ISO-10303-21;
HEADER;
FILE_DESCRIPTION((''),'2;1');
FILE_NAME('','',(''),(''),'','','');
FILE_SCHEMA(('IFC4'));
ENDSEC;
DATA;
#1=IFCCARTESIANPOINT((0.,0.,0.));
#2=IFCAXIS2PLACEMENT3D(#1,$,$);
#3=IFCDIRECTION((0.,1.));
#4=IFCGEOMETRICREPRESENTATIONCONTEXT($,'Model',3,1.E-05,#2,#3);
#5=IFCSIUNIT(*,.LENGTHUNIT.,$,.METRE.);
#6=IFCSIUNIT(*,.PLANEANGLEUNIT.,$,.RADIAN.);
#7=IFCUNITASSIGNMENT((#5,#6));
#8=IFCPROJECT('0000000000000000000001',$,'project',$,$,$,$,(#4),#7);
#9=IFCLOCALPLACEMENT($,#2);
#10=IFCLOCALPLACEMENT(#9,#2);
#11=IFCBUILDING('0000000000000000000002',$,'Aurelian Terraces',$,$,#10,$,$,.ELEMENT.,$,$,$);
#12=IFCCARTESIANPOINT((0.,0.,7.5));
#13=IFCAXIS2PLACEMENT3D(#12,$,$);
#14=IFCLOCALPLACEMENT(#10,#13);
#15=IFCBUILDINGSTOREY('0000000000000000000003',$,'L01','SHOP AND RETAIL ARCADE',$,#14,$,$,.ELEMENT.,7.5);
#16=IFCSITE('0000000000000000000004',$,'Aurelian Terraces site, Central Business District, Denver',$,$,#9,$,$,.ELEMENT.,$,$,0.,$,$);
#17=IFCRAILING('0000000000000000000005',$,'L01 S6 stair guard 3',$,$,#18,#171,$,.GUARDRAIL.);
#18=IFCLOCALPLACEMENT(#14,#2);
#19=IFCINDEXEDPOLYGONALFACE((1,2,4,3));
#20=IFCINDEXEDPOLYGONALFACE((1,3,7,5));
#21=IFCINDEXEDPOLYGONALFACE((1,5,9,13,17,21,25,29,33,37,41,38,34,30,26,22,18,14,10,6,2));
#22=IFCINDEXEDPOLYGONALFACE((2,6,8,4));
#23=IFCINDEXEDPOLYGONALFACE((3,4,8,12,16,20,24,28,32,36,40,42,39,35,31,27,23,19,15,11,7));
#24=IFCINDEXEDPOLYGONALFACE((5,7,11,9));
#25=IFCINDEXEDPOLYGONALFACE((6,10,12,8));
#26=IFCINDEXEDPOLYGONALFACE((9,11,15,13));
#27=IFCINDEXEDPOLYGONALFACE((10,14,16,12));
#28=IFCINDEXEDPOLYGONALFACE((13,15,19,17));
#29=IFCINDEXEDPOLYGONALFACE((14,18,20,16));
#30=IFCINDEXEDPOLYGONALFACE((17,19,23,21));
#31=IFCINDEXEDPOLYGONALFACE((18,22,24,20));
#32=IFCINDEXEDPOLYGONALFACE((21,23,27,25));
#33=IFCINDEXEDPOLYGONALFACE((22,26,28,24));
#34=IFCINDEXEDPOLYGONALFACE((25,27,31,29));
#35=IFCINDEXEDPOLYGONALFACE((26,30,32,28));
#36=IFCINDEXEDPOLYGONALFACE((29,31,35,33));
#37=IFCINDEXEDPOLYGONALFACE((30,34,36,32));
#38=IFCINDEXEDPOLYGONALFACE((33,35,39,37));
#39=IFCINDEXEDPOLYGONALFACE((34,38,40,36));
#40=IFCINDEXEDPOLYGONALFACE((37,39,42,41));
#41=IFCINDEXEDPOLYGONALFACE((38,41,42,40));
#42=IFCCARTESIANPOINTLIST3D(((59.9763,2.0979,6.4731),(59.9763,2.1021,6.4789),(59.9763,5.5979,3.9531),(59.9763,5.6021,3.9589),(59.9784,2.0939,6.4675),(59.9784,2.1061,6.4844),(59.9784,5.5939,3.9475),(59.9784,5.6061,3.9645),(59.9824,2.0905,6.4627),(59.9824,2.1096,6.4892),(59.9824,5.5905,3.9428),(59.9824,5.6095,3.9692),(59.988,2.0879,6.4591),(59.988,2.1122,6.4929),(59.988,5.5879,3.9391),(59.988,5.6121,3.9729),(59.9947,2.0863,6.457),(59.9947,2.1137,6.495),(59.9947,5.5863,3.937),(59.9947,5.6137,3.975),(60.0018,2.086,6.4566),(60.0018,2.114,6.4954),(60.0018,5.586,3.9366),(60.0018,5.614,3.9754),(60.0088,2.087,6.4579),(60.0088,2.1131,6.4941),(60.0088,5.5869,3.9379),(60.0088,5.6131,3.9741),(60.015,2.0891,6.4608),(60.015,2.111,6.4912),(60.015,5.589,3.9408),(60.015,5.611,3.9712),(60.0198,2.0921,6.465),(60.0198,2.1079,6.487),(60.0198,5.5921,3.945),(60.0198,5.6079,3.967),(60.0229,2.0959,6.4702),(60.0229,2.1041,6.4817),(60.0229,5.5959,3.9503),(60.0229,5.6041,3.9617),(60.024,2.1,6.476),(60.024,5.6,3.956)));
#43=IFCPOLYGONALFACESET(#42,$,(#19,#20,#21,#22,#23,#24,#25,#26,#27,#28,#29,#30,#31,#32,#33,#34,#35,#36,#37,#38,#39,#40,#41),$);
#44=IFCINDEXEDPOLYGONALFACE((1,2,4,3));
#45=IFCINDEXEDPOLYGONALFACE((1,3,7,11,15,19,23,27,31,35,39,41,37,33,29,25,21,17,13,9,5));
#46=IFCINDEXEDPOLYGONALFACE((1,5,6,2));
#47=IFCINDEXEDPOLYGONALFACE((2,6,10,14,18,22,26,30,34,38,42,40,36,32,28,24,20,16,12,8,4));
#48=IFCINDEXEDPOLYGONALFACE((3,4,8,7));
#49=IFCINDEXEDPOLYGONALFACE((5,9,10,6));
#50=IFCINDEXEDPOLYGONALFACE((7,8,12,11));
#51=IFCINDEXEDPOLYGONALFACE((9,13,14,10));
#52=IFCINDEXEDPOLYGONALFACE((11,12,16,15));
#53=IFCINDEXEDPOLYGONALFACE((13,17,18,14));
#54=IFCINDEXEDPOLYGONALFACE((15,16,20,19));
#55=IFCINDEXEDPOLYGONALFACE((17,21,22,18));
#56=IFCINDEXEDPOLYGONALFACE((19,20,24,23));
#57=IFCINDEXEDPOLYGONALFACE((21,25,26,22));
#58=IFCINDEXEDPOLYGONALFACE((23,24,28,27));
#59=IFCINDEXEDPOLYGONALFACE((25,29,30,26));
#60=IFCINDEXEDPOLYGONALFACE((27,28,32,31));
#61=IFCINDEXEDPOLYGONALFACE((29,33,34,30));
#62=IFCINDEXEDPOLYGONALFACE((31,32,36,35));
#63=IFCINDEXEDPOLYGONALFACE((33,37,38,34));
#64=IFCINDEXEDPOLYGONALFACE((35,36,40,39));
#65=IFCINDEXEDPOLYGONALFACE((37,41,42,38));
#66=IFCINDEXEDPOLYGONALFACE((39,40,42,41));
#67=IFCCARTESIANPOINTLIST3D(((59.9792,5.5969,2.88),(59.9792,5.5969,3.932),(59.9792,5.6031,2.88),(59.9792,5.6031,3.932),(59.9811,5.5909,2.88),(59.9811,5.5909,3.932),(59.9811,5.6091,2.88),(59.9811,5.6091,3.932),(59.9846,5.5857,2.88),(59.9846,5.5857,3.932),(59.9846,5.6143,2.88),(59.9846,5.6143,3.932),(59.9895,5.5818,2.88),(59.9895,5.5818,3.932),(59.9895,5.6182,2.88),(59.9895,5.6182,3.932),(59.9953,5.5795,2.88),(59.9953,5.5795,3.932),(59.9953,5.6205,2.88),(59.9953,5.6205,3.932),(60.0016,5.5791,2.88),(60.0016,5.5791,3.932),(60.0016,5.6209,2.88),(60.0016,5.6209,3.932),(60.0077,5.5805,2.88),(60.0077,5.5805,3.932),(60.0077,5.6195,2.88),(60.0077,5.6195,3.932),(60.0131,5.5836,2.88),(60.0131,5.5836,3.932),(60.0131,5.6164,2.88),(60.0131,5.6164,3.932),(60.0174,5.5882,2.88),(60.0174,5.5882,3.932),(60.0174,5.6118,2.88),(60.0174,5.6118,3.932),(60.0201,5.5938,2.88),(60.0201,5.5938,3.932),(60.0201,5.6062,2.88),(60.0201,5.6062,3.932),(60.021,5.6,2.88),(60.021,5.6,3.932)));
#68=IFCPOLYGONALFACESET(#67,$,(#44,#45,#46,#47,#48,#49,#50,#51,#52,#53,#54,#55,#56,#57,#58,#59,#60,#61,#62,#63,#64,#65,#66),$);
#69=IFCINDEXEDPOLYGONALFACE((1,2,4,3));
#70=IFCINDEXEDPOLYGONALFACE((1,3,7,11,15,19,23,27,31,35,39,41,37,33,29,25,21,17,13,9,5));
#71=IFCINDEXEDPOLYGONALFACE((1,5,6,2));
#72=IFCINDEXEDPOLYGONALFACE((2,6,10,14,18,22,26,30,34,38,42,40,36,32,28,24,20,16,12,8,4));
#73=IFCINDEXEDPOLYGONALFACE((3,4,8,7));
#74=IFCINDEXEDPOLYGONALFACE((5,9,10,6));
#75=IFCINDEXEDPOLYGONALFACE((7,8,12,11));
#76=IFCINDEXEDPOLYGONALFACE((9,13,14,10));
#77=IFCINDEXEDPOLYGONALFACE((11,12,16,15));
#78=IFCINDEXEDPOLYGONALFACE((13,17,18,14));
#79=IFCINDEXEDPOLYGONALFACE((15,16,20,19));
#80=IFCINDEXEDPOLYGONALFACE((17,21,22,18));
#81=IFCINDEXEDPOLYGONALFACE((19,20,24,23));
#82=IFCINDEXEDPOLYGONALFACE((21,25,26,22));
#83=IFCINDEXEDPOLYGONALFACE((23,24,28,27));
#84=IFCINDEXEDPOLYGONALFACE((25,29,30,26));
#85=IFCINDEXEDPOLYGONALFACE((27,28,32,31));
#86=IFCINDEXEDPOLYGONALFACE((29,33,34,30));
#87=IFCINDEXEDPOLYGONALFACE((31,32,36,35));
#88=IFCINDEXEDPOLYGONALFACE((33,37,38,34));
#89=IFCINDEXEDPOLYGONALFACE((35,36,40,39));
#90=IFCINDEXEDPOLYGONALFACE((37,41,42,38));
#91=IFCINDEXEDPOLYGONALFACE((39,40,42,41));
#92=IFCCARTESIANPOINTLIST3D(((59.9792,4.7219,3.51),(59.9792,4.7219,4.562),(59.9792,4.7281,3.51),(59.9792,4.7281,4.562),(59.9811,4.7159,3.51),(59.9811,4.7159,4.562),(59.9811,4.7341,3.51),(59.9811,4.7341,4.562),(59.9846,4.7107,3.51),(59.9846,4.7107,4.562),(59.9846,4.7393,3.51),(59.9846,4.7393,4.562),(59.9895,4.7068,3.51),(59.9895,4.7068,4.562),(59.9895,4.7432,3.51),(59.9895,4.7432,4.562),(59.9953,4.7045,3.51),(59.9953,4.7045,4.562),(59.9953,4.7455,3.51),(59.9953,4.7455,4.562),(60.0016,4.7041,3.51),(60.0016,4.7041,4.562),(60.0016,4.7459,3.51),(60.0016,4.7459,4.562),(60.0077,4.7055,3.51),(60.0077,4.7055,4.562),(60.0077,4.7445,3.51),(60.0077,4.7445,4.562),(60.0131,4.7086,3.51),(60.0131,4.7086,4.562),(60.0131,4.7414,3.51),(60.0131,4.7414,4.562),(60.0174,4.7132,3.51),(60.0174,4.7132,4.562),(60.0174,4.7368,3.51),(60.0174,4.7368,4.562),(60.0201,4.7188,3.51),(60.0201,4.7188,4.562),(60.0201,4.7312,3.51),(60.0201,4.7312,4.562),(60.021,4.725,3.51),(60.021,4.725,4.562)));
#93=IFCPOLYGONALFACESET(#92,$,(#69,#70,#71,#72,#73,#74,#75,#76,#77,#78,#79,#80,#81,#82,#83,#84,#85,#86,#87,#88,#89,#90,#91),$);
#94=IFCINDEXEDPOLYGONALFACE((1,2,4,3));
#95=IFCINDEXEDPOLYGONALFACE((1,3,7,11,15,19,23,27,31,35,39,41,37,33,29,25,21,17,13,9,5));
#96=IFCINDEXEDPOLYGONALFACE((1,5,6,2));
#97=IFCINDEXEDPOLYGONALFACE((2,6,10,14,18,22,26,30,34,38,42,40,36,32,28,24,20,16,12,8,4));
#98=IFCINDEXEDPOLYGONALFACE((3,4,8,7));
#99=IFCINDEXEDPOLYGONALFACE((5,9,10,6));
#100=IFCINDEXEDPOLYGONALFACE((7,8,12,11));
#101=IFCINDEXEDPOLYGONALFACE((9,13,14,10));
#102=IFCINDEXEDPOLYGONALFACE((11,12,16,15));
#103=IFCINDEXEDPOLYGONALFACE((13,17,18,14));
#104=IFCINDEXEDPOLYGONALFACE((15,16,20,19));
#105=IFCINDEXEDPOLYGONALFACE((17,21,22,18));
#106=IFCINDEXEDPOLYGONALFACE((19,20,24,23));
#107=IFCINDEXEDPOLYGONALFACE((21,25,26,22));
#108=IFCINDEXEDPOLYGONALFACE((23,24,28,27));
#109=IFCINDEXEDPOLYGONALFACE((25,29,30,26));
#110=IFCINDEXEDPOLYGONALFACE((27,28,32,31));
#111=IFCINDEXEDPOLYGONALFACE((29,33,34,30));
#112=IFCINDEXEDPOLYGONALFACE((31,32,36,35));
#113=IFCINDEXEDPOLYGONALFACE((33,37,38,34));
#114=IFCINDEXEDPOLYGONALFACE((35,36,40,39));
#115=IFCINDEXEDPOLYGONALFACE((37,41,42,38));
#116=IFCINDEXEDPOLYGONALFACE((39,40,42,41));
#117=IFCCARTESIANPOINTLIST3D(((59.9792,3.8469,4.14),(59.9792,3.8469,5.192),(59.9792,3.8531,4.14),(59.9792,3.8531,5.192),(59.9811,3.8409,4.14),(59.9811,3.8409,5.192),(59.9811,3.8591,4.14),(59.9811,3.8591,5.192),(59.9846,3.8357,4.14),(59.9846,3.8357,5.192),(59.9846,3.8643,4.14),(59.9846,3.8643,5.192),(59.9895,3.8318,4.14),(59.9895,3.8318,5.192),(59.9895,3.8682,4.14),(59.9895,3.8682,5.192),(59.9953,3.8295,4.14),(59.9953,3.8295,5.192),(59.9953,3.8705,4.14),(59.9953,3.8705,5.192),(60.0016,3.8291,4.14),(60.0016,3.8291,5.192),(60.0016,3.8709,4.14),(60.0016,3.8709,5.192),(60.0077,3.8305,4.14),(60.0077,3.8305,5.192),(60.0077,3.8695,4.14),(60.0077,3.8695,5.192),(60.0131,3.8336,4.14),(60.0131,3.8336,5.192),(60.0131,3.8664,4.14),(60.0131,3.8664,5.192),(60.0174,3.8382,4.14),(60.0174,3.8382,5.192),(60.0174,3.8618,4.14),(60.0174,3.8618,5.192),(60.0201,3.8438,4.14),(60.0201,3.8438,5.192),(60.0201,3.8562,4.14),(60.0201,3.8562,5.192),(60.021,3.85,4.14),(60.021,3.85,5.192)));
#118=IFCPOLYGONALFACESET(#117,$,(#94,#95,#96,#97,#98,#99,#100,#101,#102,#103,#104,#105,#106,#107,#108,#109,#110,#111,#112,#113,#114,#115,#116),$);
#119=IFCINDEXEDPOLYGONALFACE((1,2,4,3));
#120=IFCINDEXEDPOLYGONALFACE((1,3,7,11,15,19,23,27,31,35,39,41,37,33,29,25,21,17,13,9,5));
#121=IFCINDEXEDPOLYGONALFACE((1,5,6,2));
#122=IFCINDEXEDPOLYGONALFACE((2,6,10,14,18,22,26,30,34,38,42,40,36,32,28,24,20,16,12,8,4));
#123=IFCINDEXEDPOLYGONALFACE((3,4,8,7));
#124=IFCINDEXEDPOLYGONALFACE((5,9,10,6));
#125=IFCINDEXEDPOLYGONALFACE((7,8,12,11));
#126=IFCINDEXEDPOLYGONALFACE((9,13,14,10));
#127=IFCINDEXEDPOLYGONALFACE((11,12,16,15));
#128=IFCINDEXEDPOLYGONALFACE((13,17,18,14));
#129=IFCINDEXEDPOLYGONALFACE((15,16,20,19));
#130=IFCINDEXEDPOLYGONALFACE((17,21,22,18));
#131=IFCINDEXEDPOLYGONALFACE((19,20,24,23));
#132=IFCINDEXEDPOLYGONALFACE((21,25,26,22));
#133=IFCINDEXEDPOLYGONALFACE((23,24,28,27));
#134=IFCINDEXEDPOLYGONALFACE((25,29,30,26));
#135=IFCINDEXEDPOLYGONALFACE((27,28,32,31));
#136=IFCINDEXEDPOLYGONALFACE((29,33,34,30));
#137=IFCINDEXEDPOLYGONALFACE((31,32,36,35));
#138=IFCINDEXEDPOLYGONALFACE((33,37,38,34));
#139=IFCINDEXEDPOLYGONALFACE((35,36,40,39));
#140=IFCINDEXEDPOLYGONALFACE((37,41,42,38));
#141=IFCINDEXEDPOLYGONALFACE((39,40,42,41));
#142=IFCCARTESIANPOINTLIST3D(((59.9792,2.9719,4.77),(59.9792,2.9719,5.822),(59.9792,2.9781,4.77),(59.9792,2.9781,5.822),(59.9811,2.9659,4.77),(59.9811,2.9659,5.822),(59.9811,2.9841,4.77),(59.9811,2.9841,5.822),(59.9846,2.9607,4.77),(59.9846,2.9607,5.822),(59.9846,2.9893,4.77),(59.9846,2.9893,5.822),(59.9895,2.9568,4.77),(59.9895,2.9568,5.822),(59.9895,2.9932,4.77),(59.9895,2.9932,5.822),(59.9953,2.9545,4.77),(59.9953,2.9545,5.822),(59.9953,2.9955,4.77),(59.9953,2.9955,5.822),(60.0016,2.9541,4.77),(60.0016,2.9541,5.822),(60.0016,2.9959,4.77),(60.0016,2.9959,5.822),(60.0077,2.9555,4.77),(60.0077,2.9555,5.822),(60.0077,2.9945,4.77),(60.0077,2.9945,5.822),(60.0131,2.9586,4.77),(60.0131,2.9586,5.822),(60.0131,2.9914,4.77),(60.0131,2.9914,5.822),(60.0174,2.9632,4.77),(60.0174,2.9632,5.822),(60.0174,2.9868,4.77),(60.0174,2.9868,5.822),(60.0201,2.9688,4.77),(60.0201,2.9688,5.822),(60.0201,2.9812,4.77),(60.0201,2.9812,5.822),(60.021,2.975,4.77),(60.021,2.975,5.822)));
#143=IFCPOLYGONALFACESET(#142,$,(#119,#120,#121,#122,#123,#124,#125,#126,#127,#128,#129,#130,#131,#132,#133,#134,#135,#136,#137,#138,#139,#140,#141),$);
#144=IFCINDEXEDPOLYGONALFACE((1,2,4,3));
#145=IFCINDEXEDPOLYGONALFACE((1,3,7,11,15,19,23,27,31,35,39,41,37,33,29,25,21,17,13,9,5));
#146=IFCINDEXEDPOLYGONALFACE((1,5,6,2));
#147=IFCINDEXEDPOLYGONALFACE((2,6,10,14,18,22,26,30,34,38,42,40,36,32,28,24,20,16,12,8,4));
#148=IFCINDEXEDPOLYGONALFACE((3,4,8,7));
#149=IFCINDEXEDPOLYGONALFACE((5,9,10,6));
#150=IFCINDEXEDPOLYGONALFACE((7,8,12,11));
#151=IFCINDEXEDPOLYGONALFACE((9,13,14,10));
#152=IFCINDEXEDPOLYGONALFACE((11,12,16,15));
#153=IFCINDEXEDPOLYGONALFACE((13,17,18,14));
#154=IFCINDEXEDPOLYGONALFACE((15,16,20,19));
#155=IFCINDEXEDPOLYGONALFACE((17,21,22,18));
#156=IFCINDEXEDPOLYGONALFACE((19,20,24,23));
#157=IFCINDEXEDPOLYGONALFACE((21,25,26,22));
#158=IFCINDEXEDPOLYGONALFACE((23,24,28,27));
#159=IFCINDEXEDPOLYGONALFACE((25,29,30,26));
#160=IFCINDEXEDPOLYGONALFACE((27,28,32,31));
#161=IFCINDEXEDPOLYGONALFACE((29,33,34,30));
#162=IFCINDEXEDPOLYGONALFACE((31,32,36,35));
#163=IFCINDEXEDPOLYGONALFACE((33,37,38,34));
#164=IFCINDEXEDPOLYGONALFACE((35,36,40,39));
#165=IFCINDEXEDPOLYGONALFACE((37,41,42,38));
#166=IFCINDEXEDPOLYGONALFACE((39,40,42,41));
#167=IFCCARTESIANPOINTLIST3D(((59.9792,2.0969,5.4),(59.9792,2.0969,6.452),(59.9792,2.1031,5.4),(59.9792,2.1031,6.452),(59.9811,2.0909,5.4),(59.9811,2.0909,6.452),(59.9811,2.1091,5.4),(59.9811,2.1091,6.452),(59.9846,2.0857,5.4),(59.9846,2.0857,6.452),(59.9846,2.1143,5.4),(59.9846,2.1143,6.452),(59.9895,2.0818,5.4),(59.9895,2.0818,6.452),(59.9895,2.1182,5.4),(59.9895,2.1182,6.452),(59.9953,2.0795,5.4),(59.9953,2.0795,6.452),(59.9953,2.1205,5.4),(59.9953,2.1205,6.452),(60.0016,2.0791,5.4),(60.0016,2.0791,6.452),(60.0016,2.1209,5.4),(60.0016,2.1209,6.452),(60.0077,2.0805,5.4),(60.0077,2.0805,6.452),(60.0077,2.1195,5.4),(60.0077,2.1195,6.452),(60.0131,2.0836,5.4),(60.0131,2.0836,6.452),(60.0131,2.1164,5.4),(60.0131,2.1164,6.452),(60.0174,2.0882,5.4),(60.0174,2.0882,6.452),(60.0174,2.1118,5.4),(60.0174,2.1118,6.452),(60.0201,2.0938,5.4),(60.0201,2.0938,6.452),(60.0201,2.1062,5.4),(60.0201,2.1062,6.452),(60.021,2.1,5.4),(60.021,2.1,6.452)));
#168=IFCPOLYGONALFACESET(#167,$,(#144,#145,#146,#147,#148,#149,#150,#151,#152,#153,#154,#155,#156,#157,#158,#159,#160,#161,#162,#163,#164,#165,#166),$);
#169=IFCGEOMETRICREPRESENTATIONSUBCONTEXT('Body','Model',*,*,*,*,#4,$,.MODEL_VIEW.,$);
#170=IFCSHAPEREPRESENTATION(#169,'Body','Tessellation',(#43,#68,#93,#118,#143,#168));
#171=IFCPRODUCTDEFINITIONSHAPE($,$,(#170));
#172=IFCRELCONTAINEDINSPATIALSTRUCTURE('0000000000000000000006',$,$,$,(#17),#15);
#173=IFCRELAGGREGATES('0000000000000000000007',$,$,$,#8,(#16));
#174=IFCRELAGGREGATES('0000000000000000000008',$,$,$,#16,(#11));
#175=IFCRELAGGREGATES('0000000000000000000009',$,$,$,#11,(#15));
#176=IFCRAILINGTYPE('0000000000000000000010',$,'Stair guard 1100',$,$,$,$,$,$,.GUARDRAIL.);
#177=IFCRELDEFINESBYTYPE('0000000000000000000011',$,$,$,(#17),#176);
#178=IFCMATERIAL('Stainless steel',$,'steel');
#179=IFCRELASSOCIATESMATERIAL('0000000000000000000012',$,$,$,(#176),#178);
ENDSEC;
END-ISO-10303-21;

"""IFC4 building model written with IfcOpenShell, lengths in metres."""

from ifc_helpers import new_model, si_unit, direction, frame, origin, origin_2d, place, context, subcontext, project, spatial, circle, extrude, source, transform, mapped, material, type_object, element, save


model = new_model("IFC4")

# Units and contexts
model_context = context("Model", 3, precision=1e-05, world=origin(), true_north=direction((0.0, 1.0)))
body_context = subcontext(model_context, "Body", "Model", "MODEL_VIEW")
ifc_project = project(units=[si_unit("LENGTHUNIT", "METRE"), si_unit("PLANEANGLEUNIT", "RADIAN")], contexts=[model_context])

# Site, building, storey
site_placement = place(None, origin())
site = spatial("IfcSite", under=ifc_project, at=site_placement, Name="Aurelian Terraces site, Central Business District, Denver", CompositionType="ELEMENT", RefElevation=0.0)
building_placement = place(site_placement, origin())
building = spatial("IfcBuilding", under=site, at=building_placement, Name="Aurelian Terraces", CompositionType="ELEMENT")
storey_placement = place(building_placement, frame((0.0, 0.0, 7.5)))
storey = spatial("IfcBuildingStorey", under=building, at=storey_placement, Name="L01", Description="SHOP AND RETAIL ARCADE", CompositionType="ELEMENT", Elevation=7.5)

# Railing
ifc_material_1 = material(Name="Stainless steel", Category="steel")
railing_type_1 = type_object("IfcRailingType", Name="Stair guard 1100", PredefinedType="GUARDRAIL", material=ifc_material_1)
shared_shape_1 = source(origin(), body_context, "Body", "SweptSolid", [
    extrude(circle(Radius=0.024, at=origin_2d()), frame((0.0, 0.0, 1.076), z_axis=(0.0, -0.811534, 0.584305), x_axis=(1.0, 0.0, 0.0)), (0.0, 0.0, 1.0), 4.3128),
    extrude(circle(Radius=0.021, at=origin_2d()), origin(), (0.0, 0.0, 1.0), 1.052),
    extrude(circle(Radius=0.021, at=origin_2d()), frame((0.0, -0.875, 0.63)), (0.0, 0.0, 1.0), 1.052),
    extrude(circle(Radius=0.021, at=origin_2d()), frame((0.0, -1.75, 1.26)), (0.0, 0.0, 1.0), 1.052),
    extrude(circle(Radius=0.021, at=origin_2d()), frame((0.0, -2.625, 1.89)), (0.0, 0.0, 1.0), 1.052),
    extrude(circle(Radius=0.021, at=origin_2d()), frame((0.0, -3.5, 2.52)), (0.0, 0.0, 1.0), 1.052),
])
railing_1_placement = place(storey_placement, frame((60.0, 5.6, 2.88)))
element("IfcRailing", 1, at=railing_1_placement, inside=storey, type_object=railing_type_1, Name="L01 S6 stair guard 3", PredefinedType="GUARDRAIL", context=body_context, shape_type="MappedRepresentation", body=[
    mapped(shared_shape_1, transform((0.0, 0.0, 0.0), scale=1.0)),
])

save(model, "model.ifc")
